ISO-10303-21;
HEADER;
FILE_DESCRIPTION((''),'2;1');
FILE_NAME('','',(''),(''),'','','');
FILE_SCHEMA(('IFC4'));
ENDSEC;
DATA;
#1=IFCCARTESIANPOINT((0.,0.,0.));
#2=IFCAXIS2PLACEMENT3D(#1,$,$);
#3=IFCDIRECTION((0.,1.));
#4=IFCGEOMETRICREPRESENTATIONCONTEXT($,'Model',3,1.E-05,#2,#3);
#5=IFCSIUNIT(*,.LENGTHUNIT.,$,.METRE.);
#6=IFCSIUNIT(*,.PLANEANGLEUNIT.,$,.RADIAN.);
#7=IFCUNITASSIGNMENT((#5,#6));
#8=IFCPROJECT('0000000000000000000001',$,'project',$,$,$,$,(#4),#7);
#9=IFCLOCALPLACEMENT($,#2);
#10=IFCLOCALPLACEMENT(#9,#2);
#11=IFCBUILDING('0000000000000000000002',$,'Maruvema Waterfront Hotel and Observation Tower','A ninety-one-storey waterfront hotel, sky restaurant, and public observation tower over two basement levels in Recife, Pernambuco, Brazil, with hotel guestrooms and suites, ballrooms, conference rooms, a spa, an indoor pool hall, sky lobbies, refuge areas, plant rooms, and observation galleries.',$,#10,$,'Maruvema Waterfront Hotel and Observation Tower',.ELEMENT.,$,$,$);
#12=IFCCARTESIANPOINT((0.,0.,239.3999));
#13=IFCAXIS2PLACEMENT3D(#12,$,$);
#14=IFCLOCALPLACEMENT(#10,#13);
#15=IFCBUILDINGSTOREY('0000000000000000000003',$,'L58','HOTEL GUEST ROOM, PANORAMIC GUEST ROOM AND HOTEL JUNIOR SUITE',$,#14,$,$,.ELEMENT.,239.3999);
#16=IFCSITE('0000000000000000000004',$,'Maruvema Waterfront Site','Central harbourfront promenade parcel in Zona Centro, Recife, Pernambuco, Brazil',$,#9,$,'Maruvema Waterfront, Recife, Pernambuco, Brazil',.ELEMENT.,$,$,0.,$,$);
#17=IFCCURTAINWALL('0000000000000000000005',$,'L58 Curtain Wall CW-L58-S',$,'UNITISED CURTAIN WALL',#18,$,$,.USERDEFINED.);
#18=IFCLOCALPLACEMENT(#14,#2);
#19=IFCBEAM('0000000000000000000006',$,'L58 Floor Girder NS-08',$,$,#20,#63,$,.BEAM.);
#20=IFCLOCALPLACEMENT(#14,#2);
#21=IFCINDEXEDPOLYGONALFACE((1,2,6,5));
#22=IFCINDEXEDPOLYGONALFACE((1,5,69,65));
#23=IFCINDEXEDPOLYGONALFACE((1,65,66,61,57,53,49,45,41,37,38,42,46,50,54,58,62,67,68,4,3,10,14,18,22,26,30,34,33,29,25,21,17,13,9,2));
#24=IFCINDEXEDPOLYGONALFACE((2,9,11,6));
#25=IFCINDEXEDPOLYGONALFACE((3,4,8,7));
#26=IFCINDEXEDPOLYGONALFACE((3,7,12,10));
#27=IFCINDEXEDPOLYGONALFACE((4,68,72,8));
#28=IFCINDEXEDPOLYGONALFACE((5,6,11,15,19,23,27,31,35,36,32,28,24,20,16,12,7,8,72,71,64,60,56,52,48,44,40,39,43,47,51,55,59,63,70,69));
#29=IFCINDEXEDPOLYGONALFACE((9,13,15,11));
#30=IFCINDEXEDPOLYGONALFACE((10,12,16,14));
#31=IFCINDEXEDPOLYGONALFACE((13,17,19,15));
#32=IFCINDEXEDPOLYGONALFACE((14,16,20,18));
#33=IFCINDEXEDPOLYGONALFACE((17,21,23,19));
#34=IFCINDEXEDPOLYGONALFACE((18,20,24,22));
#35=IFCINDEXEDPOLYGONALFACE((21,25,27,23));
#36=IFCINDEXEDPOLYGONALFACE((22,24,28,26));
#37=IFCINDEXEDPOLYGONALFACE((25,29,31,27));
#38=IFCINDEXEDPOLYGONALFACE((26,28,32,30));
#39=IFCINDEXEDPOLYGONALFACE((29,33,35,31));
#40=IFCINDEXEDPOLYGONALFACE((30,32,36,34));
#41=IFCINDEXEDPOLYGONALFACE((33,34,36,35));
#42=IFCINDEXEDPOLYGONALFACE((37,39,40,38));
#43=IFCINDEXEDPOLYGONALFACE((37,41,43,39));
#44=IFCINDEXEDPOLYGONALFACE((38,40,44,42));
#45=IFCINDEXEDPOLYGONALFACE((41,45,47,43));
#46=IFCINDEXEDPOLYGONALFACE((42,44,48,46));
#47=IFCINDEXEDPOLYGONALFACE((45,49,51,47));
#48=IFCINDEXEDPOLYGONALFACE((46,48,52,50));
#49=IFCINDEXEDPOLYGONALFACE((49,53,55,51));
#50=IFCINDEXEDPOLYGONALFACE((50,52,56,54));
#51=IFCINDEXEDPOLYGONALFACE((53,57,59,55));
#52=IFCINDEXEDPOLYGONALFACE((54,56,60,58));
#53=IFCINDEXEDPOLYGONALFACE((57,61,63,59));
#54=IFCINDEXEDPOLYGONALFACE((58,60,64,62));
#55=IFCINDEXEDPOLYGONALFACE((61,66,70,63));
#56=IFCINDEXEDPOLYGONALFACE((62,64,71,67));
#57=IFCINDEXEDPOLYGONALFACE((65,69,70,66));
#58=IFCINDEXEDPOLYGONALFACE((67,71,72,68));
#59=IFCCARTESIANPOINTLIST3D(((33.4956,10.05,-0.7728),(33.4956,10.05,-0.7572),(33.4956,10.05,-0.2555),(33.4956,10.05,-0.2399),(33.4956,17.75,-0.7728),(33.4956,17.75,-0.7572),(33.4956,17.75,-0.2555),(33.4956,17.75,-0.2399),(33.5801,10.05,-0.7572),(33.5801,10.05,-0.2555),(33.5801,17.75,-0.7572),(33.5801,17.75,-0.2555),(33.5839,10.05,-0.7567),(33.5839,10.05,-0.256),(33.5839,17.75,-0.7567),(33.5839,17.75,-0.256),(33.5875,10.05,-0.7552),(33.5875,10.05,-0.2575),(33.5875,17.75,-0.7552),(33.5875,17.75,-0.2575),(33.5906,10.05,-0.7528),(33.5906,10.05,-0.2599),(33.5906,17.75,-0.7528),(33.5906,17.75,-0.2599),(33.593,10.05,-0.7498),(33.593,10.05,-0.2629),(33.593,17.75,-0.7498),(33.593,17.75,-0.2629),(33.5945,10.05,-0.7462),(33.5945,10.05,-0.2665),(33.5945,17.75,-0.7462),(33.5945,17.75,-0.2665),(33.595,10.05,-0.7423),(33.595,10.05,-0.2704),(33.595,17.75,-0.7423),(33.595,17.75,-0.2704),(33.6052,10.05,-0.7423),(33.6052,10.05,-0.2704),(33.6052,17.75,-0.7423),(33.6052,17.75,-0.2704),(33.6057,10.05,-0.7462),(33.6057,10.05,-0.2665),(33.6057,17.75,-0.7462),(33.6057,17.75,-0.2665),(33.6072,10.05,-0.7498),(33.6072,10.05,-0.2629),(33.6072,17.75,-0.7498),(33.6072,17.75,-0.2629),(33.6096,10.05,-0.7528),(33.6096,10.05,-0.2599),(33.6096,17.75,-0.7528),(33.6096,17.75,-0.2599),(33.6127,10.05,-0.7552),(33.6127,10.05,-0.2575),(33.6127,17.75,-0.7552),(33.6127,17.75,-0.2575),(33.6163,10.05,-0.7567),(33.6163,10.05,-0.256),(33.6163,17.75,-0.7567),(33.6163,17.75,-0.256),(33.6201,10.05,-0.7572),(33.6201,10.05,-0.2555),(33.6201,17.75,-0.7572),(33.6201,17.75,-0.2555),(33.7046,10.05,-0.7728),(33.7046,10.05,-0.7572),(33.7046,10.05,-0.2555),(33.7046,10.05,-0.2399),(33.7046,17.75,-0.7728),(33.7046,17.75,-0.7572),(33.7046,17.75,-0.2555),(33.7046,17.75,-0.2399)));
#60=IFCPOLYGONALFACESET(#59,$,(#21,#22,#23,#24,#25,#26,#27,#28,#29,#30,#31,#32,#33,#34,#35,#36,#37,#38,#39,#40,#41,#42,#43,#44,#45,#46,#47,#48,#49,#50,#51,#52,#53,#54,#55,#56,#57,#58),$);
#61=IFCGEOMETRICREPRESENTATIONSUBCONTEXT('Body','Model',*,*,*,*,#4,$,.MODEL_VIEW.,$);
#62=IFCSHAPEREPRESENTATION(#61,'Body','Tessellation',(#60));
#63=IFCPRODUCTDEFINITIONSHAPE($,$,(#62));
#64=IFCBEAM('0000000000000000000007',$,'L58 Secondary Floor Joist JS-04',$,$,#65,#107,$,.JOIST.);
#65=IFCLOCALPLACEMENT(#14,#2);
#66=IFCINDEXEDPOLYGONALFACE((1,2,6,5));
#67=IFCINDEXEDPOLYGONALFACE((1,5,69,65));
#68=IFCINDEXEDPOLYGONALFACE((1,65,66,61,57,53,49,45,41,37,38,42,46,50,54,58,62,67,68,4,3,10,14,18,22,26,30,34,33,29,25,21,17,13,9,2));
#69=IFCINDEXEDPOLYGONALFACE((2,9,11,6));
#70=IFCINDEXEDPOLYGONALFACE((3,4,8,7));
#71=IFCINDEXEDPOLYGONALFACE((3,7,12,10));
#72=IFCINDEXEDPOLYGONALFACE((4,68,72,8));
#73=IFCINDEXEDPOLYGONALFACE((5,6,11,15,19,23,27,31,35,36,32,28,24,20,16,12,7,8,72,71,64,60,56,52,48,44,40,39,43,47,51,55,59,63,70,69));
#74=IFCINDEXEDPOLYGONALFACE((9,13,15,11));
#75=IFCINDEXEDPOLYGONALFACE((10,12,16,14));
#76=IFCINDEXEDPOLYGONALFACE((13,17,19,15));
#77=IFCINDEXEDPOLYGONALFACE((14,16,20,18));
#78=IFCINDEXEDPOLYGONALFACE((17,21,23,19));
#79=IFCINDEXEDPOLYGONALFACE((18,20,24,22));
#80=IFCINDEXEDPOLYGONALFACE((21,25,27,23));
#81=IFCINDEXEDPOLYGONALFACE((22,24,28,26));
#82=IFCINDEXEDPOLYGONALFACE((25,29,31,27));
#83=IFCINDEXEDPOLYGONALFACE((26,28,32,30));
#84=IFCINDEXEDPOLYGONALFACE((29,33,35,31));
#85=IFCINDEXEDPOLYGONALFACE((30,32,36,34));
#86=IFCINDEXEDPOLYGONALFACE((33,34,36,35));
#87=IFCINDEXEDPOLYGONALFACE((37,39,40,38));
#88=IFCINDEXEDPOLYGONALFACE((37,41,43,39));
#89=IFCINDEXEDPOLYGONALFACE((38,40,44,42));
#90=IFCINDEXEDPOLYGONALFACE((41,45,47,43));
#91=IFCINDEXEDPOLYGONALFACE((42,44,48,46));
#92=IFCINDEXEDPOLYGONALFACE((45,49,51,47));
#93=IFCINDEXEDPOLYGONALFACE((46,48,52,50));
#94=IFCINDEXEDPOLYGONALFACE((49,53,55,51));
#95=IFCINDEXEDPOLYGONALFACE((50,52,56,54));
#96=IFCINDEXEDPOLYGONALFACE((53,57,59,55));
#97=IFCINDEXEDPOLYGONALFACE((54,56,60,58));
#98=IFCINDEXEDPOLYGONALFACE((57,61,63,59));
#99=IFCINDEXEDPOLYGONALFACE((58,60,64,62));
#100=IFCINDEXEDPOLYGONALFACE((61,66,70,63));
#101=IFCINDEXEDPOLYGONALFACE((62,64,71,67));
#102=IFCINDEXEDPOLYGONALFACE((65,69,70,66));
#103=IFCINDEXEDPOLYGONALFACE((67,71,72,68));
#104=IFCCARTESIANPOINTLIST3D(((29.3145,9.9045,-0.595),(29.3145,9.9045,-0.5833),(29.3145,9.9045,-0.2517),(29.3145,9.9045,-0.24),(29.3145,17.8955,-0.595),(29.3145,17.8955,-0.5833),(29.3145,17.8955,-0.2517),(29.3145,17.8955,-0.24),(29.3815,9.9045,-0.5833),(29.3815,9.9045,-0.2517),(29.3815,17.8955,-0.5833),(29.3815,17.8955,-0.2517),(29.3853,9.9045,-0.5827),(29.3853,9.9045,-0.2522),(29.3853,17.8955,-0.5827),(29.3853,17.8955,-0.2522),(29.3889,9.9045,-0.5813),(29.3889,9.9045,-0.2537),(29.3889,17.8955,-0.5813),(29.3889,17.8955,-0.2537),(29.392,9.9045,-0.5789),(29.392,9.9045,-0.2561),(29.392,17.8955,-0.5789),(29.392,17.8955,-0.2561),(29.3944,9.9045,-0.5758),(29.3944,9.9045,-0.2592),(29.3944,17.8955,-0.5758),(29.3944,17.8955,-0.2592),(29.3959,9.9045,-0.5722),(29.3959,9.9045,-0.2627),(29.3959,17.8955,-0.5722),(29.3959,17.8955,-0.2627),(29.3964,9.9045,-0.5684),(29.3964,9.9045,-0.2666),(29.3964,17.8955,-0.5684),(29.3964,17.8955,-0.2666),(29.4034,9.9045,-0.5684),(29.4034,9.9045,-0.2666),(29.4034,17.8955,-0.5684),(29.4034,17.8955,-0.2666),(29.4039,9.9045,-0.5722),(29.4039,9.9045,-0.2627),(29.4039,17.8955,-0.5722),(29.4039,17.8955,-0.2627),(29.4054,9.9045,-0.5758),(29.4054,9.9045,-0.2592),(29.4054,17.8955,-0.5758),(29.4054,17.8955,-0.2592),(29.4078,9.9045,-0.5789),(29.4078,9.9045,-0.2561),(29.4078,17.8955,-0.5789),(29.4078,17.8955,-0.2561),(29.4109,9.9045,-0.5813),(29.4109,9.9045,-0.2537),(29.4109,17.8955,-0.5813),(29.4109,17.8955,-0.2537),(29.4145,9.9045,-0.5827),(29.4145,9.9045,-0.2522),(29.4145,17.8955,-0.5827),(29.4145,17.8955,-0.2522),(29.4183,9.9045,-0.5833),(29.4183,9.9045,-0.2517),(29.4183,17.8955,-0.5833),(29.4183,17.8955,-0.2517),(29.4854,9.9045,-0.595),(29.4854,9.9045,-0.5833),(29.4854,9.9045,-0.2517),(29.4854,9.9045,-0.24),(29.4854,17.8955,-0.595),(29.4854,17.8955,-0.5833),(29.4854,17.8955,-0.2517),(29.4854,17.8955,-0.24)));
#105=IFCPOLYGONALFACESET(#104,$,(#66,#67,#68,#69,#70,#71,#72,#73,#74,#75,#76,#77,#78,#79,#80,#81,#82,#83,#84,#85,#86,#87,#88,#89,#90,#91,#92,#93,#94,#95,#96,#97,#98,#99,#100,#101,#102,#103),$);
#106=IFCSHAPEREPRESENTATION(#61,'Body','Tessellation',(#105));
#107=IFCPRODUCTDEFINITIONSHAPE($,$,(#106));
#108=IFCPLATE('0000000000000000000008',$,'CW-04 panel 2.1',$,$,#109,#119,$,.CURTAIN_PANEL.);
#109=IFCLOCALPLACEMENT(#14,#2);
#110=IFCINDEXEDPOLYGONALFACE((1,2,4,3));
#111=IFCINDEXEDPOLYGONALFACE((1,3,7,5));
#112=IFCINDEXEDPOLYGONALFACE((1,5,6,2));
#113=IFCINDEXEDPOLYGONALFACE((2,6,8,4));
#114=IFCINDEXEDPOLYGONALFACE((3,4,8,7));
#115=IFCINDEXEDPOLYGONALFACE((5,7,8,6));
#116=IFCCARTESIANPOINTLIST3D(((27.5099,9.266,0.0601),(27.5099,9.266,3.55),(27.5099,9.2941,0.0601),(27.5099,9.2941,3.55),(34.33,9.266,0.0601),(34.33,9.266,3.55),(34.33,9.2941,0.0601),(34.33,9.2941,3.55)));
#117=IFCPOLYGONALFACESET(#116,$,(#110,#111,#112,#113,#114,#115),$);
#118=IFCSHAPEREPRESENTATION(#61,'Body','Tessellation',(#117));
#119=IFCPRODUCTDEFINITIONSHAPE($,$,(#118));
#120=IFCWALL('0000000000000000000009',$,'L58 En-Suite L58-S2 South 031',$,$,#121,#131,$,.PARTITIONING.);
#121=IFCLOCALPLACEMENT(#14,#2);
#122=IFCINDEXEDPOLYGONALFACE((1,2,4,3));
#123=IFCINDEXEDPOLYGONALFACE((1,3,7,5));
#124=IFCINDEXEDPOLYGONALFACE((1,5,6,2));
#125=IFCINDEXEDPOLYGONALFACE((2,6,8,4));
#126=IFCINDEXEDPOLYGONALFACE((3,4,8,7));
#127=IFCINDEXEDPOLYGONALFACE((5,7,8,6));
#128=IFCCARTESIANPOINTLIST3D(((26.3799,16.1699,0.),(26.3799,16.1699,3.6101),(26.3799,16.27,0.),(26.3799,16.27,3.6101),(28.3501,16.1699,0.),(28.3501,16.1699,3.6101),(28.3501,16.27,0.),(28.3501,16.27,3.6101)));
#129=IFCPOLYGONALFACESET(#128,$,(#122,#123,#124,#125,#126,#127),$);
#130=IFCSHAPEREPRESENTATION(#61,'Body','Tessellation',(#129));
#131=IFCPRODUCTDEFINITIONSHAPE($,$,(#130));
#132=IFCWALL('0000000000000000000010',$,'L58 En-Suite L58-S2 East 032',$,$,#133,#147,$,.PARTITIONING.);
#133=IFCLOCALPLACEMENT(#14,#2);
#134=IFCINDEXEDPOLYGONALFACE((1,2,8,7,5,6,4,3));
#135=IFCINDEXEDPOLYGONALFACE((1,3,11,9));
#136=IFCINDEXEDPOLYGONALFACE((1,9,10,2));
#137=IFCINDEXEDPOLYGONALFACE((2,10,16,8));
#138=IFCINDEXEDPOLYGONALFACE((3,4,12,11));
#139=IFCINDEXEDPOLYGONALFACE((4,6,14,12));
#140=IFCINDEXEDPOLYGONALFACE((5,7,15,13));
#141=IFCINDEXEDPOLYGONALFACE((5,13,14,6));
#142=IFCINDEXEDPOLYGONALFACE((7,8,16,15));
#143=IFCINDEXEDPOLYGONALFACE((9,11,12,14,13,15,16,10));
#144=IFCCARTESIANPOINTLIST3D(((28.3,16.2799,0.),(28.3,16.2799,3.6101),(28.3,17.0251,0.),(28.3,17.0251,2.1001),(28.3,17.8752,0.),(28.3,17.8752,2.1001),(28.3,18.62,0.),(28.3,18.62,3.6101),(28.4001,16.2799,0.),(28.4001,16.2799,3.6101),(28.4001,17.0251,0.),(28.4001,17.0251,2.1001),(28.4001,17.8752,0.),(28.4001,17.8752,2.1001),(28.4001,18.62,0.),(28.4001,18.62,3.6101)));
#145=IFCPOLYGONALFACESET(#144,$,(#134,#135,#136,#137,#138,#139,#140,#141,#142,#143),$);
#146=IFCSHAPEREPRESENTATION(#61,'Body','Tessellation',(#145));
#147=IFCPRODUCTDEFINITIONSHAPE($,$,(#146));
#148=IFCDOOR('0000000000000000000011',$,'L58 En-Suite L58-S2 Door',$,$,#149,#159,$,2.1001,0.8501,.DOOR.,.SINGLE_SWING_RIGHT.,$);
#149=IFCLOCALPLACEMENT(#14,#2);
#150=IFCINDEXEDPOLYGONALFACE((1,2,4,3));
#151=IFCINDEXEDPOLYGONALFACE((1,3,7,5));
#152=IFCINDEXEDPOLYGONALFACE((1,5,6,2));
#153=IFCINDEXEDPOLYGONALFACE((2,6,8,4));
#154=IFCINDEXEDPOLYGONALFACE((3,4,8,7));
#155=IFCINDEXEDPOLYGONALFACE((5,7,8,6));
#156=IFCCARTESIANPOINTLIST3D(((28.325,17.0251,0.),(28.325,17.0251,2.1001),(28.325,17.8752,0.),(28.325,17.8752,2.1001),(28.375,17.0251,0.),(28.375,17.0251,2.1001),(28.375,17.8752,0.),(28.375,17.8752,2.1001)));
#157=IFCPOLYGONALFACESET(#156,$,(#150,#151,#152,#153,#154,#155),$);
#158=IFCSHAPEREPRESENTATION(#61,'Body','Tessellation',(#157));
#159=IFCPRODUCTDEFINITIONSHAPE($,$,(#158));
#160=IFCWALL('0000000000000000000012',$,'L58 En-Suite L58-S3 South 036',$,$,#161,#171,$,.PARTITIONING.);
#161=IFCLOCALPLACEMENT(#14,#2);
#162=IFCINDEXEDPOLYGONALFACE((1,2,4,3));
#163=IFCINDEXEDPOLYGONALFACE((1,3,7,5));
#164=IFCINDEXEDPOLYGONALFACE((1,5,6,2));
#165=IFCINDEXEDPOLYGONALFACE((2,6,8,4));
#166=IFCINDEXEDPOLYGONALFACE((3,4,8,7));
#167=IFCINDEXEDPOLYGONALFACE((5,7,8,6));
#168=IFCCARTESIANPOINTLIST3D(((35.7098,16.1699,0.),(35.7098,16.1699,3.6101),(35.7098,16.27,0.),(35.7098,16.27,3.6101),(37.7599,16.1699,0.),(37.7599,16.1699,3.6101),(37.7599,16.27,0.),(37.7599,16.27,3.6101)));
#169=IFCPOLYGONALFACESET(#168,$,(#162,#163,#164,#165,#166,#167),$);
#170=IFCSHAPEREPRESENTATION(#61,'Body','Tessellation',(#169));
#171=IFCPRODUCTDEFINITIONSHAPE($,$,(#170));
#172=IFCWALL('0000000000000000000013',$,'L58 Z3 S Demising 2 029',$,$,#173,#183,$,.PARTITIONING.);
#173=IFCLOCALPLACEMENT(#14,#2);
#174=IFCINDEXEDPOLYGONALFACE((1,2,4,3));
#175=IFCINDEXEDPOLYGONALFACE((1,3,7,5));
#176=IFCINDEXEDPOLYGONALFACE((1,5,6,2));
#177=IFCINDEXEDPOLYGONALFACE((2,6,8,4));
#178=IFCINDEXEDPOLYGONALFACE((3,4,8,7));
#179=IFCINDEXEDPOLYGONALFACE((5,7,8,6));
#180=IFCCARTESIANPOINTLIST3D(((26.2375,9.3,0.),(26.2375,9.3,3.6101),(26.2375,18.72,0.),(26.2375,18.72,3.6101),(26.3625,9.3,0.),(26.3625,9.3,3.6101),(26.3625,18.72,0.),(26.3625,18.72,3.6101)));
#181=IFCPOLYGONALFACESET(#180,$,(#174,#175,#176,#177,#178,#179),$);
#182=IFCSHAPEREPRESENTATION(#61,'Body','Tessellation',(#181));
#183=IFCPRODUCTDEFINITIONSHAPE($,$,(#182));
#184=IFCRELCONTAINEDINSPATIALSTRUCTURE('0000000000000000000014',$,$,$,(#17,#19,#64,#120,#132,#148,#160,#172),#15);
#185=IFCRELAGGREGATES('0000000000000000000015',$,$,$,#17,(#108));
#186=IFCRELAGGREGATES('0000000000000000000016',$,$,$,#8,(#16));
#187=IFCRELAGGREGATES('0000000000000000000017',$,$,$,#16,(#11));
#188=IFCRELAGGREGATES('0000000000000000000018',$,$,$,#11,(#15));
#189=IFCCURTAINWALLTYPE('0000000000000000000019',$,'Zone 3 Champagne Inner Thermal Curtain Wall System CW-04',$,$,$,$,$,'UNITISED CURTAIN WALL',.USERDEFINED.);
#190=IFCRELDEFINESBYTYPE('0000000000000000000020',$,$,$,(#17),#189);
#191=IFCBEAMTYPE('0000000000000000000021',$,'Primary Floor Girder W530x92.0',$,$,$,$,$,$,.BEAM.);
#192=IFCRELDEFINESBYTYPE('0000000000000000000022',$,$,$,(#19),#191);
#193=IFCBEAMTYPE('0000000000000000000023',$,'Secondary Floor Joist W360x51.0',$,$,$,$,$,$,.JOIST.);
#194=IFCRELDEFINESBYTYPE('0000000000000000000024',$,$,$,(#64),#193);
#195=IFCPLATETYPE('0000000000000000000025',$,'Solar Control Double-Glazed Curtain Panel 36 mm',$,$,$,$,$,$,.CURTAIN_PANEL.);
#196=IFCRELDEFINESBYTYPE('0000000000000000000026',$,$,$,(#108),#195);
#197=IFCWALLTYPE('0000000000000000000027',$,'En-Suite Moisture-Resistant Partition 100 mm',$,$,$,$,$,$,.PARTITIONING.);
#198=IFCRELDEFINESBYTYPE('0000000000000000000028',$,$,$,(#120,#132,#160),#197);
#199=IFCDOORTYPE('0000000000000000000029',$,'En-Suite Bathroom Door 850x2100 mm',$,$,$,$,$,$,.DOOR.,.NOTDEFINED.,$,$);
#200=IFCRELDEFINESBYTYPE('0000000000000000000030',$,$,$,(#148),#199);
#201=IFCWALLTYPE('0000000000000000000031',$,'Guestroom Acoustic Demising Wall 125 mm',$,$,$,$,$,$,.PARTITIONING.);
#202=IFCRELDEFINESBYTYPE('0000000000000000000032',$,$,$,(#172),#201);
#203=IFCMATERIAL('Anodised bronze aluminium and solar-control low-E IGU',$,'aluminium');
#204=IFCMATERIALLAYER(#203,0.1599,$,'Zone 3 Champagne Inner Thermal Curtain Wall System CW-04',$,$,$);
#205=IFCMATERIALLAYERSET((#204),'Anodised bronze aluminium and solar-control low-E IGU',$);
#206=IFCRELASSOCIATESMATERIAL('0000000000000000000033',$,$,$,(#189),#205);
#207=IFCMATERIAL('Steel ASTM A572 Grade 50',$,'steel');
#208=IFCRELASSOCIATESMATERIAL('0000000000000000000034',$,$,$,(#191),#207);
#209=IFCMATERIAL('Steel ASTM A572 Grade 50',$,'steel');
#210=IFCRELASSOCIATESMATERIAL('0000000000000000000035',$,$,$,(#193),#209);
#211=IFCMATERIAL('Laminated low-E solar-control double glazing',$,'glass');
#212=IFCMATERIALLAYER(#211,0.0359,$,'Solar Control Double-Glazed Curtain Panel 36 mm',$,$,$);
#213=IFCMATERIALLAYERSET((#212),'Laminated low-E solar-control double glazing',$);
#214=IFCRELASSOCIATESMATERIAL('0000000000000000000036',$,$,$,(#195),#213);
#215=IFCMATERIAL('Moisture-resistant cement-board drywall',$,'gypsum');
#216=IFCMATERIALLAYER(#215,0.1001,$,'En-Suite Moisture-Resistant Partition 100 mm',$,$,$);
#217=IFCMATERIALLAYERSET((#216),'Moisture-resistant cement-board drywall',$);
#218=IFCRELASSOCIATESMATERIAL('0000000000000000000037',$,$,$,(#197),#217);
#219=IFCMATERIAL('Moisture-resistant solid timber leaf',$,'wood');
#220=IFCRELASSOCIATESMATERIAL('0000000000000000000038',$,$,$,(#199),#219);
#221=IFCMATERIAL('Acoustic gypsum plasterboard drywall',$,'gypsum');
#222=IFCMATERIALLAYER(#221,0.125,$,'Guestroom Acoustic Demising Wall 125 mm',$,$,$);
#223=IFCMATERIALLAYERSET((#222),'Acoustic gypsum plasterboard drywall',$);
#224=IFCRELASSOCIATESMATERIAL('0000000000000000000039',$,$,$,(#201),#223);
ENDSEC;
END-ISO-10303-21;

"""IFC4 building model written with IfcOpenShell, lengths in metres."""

from ifc_helpers import new_model, si_unit, direction, frame, frame_2d, origin, origin_2d, place, context, subcontext, project, spatial, rectangle, i_section, extrude, material, layer, layer_set, material_profile, profile_set, type_object, element, fill, aggregate, save


model = new_model("IFC4")

# Units and contexts
model_context = context("Model", 3, precision=1e-05, world=origin(), true_north=direction((0.0, 1.0)))
body_context = subcontext(model_context, "Body", "Model", "MODEL_VIEW")
ifc_project = project(units=[si_unit("LENGTHUNIT", "METRE"), si_unit("PLANEANGLEUNIT", "RADIAN")], contexts=[model_context])

# Site, building, storey
site_placement = place(None, origin())
site = spatial("IfcSite", under=ifc_project, at=site_placement, Name="Maruvema Waterfront Site", Description="Central harbourfront promenade parcel in Zona Centro, Recife, Pernambuco, Brazil", LongName="Maruvema Waterfront, Recife, Pernambuco, Brazil", CompositionType="ELEMENT", RefElevation=0.0)
building_placement = place(site_placement, origin())
building = spatial("IfcBuilding", under=site, at=building_placement, Name="Maruvema Waterfront Hotel and Observation Tower", Description="A ninety-one-storey waterfront hotel, sky restaurant, and public observation tower over two basement levels in Recife, Pernambuco, Brazil, with hotel guestrooms and suites, ballrooms, conference rooms, a spa, an indoor pool hall, sky lobbies, refuge areas, plant rooms, and observation galleries.", LongName="Maruvema Waterfront Hotel and Observation Tower", CompositionType="ELEMENT")
storey_placement = place(building_placement, frame((0.0, 0.0, 239.3999)))
storey = spatial("IfcBuildingStorey", under=building, at=storey_placement, Name="L58", Description="HOTEL GUEST ROOM, PANORAMIC GUEST ROOM AND HOTEL JUNIOR SUITE", CompositionType="ELEMENT", Elevation=239.3999)

# Curtain wall
ifc_material_1 = material(Name="Anodised bronze aluminium and solar-control low-E IGU", Category="aluminium")
ifc_layer_1 = layer(ifc_material_1, 0.1599, Name="Zone 3 Champagne Inner Thermal Curtain Wall System CW-04")
ifc_layer_set_1 = layer_set([ifc_layer_1], Name="Anodised bronze aluminium and solar-control low-E IGU")
curtain_wall_type = type_object("IfcCurtainWallType", Name="Zone 3 Champagne Inner Thermal Curtain Wall System CW-04", ElementType="UNITISED CURTAIN WALL", PredefinedType="USERDEFINED", material=ifc_layer_set_1)
curtain_wall_placement = place(storey_placement, origin())
curtain_wall = element("IfcCurtainWall", 1, at=curtain_wall_placement, inside=storey, type_object=curtain_wall_type, Name="L58 Curtain Wall CW-L58-S", ObjectType="UNITISED CURTAIN WALL", PredefinedType="USERDEFINED")

# Beams
ifc_material_2 = material(Name="Steel ASTM A572 Grade 50", Category="steel")
ifc_material_profile_1 = material_profile(ifc_material_2, i_section(OverallWidth=0.209, OverallDepth=0.533, WebThickness=0.0103, FlangeThickness=0.0156, FilletRadius=0.0149, at=origin_2d()), Name="W530x92.0")
ifc_profile_set_1 = profile_set([ifc_material_profile_1], Name="Steel ASTM A572 Grade 50")
beam_type_1 = type_object("IfcBeamType", Name="Primary Floor Girder W530x92.0", PredefinedType="BEAM", material=ifc_profile_set_1)
beam_1_placement = place(storey_placement, frame((33.6001, 10.05, -0.5063), z_axis=(0.0, 1.0, 0.0), x_axis=(-1.0, 0.0, 0.0)))
element("IfcBeam", 2, at=beam_1_placement, inside=storey, type_object=beam_type_1, Name="L58 Floor Girder NS-08", PredefinedType="BEAM", context=body_context, shape_type="SweptSolid", body=[
    extrude(i_section(OverallWidth=0.209, OverallDepth=0.533, WebThickness=0.0103, FlangeThickness=0.0156, FilletRadius=0.0149, at=origin_2d()), origin(), (0.0, 0.0, 1.0), 7.7),
])
ifc_material_3 = material(Name="Steel ASTM A572 Grade 50", Category="steel")
ifc_material_profile_2 = material_profile(ifc_material_3, i_section(OverallWidth=0.1709, OverallDepth=0.355, WebThickness=0.0071, FlangeThickness=0.0117, FilletRadius=0.0149, at=origin_2d()), Name="W360x51.0")
ifc_profile_set_2 = profile_set([ifc_material_profile_2], Name="Steel ASTM A572 Grade 50")
beam_type_2 = type_object("IfcBeamType", Name="Secondary Floor Joist W360x51.0", PredefinedType="JOIST", material=ifc_profile_set_2)
beam_2_placement = place(storey_placement, frame((29.3999, 9.9045, -0.4175), z_axis=(0.0, 1.0, 0.0), x_axis=(-1.0, 0.0, 0.0)))
element("IfcBeam", 3, at=beam_2_placement, inside=storey, type_object=beam_type_2, Name="L58 Secondary Floor Joist JS-04", PredefinedType="JOIST", context=body_context, shape_type="SweptSolid", body=[
    extrude(i_section(OverallWidth=0.1709, OverallDepth=0.355, WebThickness=0.0071, FlangeThickness=0.0117, FilletRadius=0.0149, at=origin_2d()), origin(), (0.0, 0.0, 1.0), 7.991),
])

# Plate
ifc_material_4 = material(Name="Laminated low-E solar-control double glazing", Category="glass")
ifc_layer_2 = layer(ifc_material_4, 0.0359, Name="Solar Control Double-Glazed Curtain Panel 36 mm")
ifc_layer_set_2 = layer_set([ifc_layer_2], Name="Laminated low-E solar-control double glazing")
plate_type = type_object("IfcPlateType", Name="Solar Control Double-Glazed Curtain Panel 36 mm", PredefinedType="CURTAIN_PANEL", material=ifc_layer_set_2)
plate_placement = place(storey_placement, frame((30.9199, 9.28, 0.0601), z_axis=(0.0, 0.0, 1.0), x_axis=(1.0, 0.0, 0.0)))
plate = element("IfcPlate", 4, at=plate_placement, type_object=plate_type, Name="CW-04 panel 2.1", PredefinedType="CURTAIN_PANEL", context=body_context, shape_type="SweptSolid", body=[
    extrude(rectangle(XDim=6.8201, YDim=0.0281, at=origin_2d()), origin(), (0.0, 0.0, 1.0), 3.49),
])
aggregate(curtain_wall, [plate])

# Wall
ifc_material_5 = material(Name="Moisture-resistant cement-board drywall", Category="gypsum")
ifc_layer_3 = layer(ifc_material_5, 0.1001, Name="En-Suite Moisture-Resistant Partition 100 mm")
ifc_layer_set_3 = layer_set([ifc_layer_3], Name="Moisture-resistant cement-board drywall")
wall_type_1 = type_object("IfcWallType", Name="En-Suite Moisture-Resistant Partition 100 mm", PredefinedType="PARTITIONING", material=ifc_layer_set_3)
wall_1_placement = place(storey_placement, frame((26.3799, 16.22, 0.0), z_axis=(0.0, 0.0, 1.0), x_axis=(1.0, 0.0, 0.0)))
element("IfcWall", 5, at=wall_1_placement, inside=storey, type_object=wall_type_1, Name="L58 En-Suite L58-S2 South 031", PredefinedType="PARTITIONING", context=body_context, shape_type="SweptSolid", body=[
    extrude(rectangle(XDim=1.9702, YDim=0.1001, at=frame_2d((0.9851, 0.0))), origin(), (0.0, 0.0, 1.0), 3.6101),
])

# Wall, opening, door
wall_2_placement = place(storey_placement, frame((28.3501, 16.28, 0.0), z_axis=(0.0, 0.0, 1.0), x_axis=(0.0, 1.0, 0.0)))
wall_2 = element("IfcWall", 6, at=wall_2_placement, inside=storey, type_object=wall_type_1, Name="L58 En-Suite L58-S2 East 032", PredefinedType="PARTITIONING", context=body_context, shape_type="SweptSolid", body=[
    extrude(rectangle(XDim=2.3401, YDim=0.1001, at=frame_2d((1.1699, 0.0))), origin(), (0.0, 0.0, 1.0), 3.6101),
])
opening_placement = place(wall_2_placement, frame((0.7451, 0.0, 0.0)))
opening = element("IfcOpeningElement", 7, at=opening_placement, cuts=wall_2, PredefinedType="OPENING", context=body_context, shape_type="SweptSolid", body=[
    extrude(rectangle(XDim=0.8501, YDim=2.1001, at=frame_2d((0.425, 1.05))), frame((0.0, 0.0601, 0.0), z_axis=(0.0, -1.0, 0.0), x_axis=(1.0, 0.0, 0.0)), (0.0, 0.0, 1.0), 0.1201),
])
ifc_material_6 = material(Name="Moisture-resistant solid timber leaf", Category="wood")
door_type = type_object("IfcDoorType", Name="En-Suite Bathroom Door 850x2100 mm", OperationType="NOTDEFINED", PredefinedType="DOOR", material=ifc_material_6)
door_placement = place(opening_placement, frame((0.8501, 0.0, 0.0), z_axis=(0.0, 0.0, 1.0), x_axis=(-1.0, 0.0, 0.0)))
door = element("IfcDoor", 8, at=door_placement, inside=storey, type_object=door_type, Name="L58 En-Suite L58-S2 Door", OperationType="SINGLE_SWING_RIGHT", OverallHeight=2.1001, OverallWidth=0.8501, PredefinedType="DOOR", context=body_context, shape_type="SweptSolid", body=[
    extrude(rectangle(XDim=0.8501, YDim=2.1001, at=frame_2d((0.425, 1.05))), frame((0.0, 0.0249, 0.0), z_axis=(0.0, -1.0, 0.0), x_axis=(1.0, 0.0, 0.0)), (0.0, 0.0, 1.0), 0.05),
])
fill(opening, door)

# Walls
wall_3_placement = place(storey_placement, frame((35.71, 16.22, 0.0), z_axis=(0.0, 0.0, 1.0), x_axis=(1.0, 0.0, 0.0)))
element("IfcWall", 9, at=wall_3_placement, inside=storey, type_object=wall_type_1, Name="L58 En-Suite L58-S3 South 036", PredefinedType="PARTITIONING", context=body_context, shape_type="SweptSolid", body=[
    extrude(rectangle(XDim=2.05, YDim=0.1001, at=frame_2d((1.0249, 0.0))), origin(), (0.0, 0.0, 1.0), 3.6101),
])
ifc_material_7 = material(Name="Acoustic gypsum plasterboard drywall", Category="gypsum")
ifc_layer_4 = layer(ifc_material_7, 0.125, Name="Guestroom Acoustic Demising Wall 125 mm")
ifc_layer_set_4 = layer_set([ifc_layer_4], Name="Acoustic gypsum plasterboard drywall")
wall_type_2 = type_object("IfcWallType", Name="Guestroom Acoustic Demising Wall 125 mm", PredefinedType="PARTITIONING", material=ifc_layer_set_4)
for number, where, z_axis, x_axis, name in (
    (10, (26.3, 9.3, 0.0), (0.0, 0.0, 1.0), (0.0, 1.0, 0.0), "L58 Z3 S Demising 2 029"),
):
    element("IfcWall", number, at=place(storey_placement, frame(where, z_axis=z_axis, x_axis=x_axis)), inside=storey, type_object=wall_type_2, Name=name, PredefinedType="PARTITIONING", context=body_context, shape_type="SweptSolid", body=[
        extrude(rectangle(XDim=9.4199, YDim=0.125, at=frame_2d((4.71, 0.0))), origin(), (0.0, 0.0, 1.0), 3.6101),
    ])

save(model, "model.ifc")
